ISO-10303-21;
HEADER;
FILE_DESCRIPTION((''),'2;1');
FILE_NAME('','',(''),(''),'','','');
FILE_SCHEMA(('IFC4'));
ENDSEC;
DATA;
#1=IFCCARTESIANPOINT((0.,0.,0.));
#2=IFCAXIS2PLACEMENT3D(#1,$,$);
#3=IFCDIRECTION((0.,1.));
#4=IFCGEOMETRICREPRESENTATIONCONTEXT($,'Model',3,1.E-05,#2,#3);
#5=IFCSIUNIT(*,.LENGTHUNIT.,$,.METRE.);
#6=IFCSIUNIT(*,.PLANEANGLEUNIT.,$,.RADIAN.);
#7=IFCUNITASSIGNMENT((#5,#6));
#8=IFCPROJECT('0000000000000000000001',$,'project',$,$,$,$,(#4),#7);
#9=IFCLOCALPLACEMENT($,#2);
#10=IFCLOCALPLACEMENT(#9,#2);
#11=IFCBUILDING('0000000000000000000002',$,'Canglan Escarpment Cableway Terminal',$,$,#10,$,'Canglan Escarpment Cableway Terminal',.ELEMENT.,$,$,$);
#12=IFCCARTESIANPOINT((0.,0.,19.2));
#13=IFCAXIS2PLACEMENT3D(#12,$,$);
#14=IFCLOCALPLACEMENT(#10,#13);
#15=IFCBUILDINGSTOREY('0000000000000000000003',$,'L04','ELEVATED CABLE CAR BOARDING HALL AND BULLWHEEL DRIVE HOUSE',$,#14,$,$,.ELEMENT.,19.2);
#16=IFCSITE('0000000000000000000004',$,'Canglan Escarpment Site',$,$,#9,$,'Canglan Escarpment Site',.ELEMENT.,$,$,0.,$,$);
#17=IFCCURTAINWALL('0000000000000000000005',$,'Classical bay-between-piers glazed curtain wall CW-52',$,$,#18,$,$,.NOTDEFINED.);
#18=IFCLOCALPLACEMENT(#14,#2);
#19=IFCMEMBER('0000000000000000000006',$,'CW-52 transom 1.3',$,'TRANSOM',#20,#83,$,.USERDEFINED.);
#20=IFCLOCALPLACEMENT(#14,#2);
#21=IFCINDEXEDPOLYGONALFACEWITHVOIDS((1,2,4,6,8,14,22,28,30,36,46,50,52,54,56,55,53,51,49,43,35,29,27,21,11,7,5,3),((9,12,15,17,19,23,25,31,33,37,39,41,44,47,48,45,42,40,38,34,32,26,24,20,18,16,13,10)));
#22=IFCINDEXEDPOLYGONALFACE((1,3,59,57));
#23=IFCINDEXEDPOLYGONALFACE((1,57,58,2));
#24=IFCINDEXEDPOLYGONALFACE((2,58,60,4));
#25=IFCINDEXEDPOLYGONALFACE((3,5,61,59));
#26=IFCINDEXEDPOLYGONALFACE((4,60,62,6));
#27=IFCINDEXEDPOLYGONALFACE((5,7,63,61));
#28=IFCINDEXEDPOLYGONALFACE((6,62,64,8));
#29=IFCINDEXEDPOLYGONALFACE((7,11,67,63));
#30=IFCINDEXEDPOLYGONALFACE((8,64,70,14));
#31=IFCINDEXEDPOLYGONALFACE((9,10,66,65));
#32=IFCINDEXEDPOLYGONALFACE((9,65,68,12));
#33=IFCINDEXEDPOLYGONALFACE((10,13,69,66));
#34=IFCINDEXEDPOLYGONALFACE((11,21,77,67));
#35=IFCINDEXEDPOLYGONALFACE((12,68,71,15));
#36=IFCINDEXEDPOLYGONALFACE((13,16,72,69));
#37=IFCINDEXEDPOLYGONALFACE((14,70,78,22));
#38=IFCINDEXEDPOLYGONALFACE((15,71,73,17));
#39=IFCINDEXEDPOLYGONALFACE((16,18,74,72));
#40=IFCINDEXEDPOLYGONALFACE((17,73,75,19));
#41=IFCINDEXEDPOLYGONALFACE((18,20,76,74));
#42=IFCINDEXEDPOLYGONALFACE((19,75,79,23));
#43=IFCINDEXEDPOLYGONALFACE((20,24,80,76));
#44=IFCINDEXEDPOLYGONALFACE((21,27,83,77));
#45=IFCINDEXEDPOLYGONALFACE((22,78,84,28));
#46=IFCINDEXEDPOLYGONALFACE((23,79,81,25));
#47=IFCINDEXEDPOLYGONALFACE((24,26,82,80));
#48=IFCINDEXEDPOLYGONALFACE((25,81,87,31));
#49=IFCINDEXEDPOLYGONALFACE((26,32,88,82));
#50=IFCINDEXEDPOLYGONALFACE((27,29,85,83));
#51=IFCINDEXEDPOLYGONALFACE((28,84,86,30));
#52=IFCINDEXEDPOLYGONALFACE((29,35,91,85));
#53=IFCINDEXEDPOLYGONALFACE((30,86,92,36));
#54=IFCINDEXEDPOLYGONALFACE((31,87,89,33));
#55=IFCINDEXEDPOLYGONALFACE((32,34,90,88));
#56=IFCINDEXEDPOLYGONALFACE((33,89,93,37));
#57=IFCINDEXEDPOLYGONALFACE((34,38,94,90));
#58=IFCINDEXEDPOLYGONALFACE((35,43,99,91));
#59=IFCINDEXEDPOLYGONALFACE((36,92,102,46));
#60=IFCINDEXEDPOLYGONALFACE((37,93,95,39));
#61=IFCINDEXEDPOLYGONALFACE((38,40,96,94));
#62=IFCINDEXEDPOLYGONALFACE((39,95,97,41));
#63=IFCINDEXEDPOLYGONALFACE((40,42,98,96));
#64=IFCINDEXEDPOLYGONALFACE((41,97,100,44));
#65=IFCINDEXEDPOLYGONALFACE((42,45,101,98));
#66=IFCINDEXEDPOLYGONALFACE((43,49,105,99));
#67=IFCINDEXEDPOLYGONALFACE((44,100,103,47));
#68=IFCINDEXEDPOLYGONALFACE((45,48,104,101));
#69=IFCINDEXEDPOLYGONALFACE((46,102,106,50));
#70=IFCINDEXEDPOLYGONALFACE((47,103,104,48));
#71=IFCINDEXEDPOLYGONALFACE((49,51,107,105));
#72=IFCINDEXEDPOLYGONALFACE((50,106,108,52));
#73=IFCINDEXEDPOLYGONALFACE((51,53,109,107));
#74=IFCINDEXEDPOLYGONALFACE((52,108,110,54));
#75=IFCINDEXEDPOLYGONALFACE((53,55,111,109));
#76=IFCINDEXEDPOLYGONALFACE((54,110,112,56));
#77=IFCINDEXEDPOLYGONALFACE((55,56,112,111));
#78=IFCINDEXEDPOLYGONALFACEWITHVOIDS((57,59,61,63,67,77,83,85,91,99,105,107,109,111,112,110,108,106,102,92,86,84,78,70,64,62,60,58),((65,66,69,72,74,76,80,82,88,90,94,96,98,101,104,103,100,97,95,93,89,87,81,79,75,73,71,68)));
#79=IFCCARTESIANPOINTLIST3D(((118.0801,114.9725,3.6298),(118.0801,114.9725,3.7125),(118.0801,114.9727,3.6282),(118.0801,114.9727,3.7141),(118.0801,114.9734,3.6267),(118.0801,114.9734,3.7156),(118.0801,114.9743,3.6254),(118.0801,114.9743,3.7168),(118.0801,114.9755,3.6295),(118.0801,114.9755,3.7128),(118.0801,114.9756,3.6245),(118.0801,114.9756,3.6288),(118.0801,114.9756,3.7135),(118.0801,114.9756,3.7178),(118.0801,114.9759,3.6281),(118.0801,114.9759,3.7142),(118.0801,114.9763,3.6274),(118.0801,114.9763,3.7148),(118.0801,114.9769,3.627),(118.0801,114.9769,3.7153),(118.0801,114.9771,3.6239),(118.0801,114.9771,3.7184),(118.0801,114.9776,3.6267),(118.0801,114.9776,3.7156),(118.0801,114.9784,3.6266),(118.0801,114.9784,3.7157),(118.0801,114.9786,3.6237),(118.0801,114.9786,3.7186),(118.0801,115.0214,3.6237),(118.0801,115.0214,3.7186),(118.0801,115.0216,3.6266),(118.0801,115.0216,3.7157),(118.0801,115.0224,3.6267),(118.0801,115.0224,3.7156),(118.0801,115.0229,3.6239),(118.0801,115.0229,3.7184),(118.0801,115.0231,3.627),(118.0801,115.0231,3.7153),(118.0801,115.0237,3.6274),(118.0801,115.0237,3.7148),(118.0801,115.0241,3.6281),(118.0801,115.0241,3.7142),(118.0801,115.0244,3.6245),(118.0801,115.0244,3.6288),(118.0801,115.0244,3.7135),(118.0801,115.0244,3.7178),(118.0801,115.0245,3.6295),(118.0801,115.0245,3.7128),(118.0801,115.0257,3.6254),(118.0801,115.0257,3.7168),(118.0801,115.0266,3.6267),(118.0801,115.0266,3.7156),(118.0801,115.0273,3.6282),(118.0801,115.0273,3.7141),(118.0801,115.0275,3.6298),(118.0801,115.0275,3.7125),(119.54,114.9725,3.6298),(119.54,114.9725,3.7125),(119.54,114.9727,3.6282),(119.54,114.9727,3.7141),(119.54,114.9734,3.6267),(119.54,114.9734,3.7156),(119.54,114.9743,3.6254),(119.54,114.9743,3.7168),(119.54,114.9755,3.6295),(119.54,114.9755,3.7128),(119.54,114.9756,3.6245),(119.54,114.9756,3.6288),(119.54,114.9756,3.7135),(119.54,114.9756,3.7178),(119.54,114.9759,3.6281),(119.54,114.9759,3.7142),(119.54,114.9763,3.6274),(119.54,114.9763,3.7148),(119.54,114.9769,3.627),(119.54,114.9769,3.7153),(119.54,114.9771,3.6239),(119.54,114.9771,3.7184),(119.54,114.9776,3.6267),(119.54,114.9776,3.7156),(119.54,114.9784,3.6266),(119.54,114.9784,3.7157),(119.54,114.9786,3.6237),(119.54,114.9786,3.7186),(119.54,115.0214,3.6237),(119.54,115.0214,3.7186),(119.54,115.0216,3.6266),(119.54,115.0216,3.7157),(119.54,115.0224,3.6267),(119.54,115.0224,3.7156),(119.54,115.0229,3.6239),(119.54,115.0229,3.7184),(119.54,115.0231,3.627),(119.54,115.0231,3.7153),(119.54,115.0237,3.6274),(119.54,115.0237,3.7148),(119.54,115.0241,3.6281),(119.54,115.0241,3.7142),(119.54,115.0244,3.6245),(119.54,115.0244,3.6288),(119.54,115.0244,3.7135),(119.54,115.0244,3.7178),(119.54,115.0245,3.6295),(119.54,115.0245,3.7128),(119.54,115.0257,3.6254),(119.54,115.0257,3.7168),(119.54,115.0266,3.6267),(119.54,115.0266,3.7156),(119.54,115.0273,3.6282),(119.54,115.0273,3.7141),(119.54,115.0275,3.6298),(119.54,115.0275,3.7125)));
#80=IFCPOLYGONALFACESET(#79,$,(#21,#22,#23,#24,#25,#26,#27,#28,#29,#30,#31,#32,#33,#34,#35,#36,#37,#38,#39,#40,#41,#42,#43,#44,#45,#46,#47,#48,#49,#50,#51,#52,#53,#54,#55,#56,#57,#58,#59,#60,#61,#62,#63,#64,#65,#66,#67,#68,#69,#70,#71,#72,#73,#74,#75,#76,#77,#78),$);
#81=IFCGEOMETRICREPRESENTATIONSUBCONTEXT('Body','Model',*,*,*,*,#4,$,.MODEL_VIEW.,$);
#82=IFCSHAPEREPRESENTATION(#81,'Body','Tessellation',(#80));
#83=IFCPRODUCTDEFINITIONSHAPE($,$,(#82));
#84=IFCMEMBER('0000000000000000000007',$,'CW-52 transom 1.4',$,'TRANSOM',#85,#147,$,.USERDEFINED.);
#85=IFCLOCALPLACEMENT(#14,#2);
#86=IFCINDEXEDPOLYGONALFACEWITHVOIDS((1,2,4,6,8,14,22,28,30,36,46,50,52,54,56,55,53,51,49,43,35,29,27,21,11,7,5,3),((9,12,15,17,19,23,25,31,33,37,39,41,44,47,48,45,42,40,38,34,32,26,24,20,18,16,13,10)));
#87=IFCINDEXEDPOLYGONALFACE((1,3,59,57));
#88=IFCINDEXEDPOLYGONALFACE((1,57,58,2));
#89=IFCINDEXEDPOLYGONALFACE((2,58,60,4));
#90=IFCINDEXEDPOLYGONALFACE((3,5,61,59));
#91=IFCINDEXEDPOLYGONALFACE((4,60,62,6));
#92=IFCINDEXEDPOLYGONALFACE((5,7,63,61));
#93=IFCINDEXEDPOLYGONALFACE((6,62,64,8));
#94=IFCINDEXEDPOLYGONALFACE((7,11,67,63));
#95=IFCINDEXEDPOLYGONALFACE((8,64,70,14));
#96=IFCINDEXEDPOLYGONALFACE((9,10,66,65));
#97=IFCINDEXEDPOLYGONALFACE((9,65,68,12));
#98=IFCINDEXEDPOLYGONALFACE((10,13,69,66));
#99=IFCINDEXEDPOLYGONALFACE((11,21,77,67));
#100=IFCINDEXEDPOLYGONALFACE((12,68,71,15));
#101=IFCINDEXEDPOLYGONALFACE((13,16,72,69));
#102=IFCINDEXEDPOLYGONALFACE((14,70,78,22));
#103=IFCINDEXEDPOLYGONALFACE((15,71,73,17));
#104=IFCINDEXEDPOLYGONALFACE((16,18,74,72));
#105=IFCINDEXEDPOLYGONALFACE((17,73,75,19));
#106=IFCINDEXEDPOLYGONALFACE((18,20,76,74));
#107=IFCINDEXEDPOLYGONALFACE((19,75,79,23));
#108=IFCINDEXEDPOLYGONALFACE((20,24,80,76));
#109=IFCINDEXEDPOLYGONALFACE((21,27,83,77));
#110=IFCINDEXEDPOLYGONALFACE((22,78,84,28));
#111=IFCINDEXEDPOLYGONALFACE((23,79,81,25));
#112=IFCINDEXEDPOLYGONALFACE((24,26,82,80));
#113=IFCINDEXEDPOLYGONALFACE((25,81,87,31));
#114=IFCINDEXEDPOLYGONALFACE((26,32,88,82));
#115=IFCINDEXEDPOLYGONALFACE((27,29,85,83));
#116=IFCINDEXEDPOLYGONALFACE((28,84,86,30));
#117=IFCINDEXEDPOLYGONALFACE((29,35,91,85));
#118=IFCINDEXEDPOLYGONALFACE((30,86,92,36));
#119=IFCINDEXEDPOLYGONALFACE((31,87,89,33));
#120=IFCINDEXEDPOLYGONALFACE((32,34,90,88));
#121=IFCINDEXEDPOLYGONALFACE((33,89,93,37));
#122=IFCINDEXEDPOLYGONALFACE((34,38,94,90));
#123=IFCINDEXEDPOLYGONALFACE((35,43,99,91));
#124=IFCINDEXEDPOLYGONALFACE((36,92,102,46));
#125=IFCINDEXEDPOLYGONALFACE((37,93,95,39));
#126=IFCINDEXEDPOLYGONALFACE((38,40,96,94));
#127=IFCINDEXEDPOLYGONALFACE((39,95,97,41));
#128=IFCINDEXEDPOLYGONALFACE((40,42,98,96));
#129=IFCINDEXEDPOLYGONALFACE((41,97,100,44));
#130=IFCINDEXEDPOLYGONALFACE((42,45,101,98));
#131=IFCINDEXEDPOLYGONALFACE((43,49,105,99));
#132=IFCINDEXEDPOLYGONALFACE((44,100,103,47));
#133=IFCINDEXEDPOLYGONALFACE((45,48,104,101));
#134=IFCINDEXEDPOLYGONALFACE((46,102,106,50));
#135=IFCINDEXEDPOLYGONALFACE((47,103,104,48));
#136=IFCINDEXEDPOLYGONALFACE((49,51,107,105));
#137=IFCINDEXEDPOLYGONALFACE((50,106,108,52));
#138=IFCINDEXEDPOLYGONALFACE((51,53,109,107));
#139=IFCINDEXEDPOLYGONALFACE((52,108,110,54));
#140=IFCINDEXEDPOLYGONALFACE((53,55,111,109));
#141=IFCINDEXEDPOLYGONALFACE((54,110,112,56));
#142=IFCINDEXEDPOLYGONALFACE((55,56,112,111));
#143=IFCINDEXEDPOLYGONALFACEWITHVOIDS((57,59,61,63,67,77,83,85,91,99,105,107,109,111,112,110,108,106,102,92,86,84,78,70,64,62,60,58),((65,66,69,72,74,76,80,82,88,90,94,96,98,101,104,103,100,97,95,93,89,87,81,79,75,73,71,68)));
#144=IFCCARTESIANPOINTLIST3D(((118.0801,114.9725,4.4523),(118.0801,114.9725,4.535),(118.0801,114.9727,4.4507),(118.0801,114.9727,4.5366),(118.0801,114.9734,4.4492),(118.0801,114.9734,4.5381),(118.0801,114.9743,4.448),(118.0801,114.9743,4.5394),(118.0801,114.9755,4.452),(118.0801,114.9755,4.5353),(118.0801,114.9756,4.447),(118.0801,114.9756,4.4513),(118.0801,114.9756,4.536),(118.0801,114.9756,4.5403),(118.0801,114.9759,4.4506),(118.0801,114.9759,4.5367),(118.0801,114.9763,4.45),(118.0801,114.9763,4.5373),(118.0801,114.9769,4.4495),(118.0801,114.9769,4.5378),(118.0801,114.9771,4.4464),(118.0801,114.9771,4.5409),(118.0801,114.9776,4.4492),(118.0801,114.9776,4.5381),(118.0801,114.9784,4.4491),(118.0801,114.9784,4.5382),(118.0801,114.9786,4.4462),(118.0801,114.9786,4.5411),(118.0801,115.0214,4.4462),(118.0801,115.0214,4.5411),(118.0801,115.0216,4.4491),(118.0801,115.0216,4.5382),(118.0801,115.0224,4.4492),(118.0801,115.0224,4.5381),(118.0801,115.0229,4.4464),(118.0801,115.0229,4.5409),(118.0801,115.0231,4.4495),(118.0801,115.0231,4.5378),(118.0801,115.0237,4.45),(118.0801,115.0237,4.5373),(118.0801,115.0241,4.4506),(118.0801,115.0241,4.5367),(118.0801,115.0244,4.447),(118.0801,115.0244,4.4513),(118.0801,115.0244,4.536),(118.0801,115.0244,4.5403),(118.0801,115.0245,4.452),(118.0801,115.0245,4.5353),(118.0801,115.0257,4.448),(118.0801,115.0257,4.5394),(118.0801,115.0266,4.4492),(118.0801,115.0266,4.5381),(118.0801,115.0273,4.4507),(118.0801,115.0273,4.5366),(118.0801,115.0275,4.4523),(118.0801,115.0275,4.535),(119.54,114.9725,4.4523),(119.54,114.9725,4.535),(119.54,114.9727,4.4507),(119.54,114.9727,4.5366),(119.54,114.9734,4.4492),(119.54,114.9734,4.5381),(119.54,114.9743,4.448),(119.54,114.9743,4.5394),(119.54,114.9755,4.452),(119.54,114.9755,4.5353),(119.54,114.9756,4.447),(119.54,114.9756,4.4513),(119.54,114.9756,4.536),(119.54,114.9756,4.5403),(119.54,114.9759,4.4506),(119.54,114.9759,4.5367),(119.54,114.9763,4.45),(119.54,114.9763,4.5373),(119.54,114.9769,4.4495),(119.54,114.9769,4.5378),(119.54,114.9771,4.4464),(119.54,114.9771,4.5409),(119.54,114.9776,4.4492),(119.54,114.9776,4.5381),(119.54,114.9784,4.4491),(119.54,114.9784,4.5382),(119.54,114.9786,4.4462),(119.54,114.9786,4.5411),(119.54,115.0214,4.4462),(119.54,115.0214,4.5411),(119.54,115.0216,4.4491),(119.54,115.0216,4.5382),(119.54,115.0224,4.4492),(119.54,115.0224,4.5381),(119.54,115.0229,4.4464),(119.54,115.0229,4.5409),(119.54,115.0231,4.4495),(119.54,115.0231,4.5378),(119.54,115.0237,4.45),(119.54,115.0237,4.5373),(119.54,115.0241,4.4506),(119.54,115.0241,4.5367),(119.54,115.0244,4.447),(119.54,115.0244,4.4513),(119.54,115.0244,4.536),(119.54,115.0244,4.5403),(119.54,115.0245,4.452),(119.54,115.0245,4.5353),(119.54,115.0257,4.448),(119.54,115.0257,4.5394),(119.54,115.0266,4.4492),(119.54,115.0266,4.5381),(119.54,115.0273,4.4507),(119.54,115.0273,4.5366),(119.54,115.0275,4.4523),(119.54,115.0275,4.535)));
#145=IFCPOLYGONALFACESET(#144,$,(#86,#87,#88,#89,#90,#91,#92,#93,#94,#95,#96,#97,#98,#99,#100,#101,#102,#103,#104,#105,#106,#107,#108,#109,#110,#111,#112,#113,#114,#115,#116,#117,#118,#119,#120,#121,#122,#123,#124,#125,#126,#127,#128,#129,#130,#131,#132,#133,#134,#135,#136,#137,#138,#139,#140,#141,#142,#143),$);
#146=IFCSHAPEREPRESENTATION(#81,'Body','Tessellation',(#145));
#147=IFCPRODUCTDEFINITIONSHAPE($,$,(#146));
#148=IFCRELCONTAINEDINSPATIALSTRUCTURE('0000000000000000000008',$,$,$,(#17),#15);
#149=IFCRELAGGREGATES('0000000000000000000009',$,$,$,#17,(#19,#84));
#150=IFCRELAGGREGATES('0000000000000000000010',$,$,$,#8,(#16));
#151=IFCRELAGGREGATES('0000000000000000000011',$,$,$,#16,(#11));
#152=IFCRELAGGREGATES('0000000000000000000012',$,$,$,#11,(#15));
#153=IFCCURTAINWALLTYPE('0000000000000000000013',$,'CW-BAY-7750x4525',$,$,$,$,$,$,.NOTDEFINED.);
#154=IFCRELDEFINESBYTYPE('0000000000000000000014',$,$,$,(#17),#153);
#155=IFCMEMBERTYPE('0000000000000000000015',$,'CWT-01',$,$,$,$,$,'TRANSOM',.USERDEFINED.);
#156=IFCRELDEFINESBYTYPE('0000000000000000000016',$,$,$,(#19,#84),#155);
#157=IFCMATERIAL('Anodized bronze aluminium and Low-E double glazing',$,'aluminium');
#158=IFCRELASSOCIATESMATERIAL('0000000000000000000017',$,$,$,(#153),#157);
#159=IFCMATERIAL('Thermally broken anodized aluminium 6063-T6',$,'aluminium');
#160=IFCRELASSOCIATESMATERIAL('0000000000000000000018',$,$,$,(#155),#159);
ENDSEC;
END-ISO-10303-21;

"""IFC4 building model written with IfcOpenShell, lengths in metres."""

from ifc_helpers import new_model, si_unit, direction, frame, origin, origin_2d, place, context, subcontext, project, spatial, hollow_rectangle, extrude, material, material_profile, profile_set, type_object, element, aggregate, save


model = new_model("IFC4")

# Units and contexts
model_context = context("Model", 3, precision=1e-05, world=origin(), true_north=direction((0.0, 1.0)))
body_context = subcontext(model_context, "Body", "Model", "MODEL_VIEW")
ifc_project = project(units=[si_unit("LENGTHUNIT", "METRE"), si_unit("PLANEANGLEUNIT", "RADIAN")], contexts=[model_context])

# Site, building, storey
site_placement = place(None, origin())
site = spatial("IfcSite", under=ifc_project, at=site_placement, Name="Canglan Escarpment Site", LongName="Canglan Escarpment Site", CompositionType="ELEMENT", RefElevation=0.0)
building_placement = place(site_placement, origin())
building = spatial("IfcBuilding", under=site, at=building_placement, Name="Canglan Escarpment Cableway Terminal", LongName="Canglan Escarpment Cableway Terminal", CompositionType="ELEMENT")
storey_placement = place(building_placement, frame((0.0, 0.0, 19.2)))
storey = spatial("IfcBuildingStorey", under=building, at=storey_placement, Name="L04", Description="ELEVATED CABLE CAR BOARDING HALL AND BULLWHEEL DRIVE HOUSE", CompositionType="ELEMENT", Elevation=19.2)

# Curtain wall, members
ifc_material_1 = material(Name="Anodized bronze aluminium and Low-E double glazing", Category="aluminium")
curtain_wall_type = type_object("IfcCurtainWallType", Name="CW-BAY-7750x4525", PredefinedType="NOTDEFINED", material=ifc_material_1)
curtain_wall_placement = place(storey_placement, origin())
curtain_wall = element("IfcCurtainWall", 1, at=curtain_wall_placement, inside=storey, type_object=curtain_wall_type, Name="Classical bay-between-piers glazed curtain wall CW-52", PredefinedType="NOTDEFINED")
ifc_material_2 = material(Name="Thermally broken anodized aluminium 6063-T6", Category="aluminium")
ifc_material_profile_1 = material_profile(ifc_material_2, hollow_rectangle(XDim=0.0549, YDim=0.095, WallThickness=0.0029, InnerFilletRadius=0.0029, OuterFilletRadius=0.0061, at=origin_2d()), Name="ALU-TRAN 55x95x3")
ifc_profile_set_1 = profile_set([ifc_material_profile_1], Name="Thermally broken anodized aluminium 6063-T6")
member_type_1 = type_object("IfcMemberType", Name="CWT-01", ElementType="TRANSOM", PredefinedType="USERDEFINED", material=ifc_profile_set_1)
member_1_placement = place(storey_placement, frame((119.54, 115.0, 3.6711), z_axis=(-1.0, 0.0, 0.0), x_axis=(0.0, -1.0, 0.0)))
member_1 = element("IfcMember", 2, at=member_1_placement, type_object=member_type_1, Name="CW-52 transom 1.3", ObjectType="TRANSOM", PredefinedType="USERDEFINED", context=body_context, shape_type="SweptSolid", body=[
    extrude(hollow_rectangle(XDim=0.0549, YDim=0.095, WallThickness=0.0029, InnerFilletRadius=0.0029, OuterFilletRadius=0.0061, at=origin_2d()), origin(), (0.0, 0.0, 1.0), 1.46),
])
member_2_placement = place(storey_placement, frame((119.54, 115.0, 4.4937), z_axis=(-1.0, 0.0, 0.0), x_axis=(0.0, -1.0, 0.0)))
member_2 = element("IfcMember", 3, at=member_2_placement, type_object=member_type_1, Name="CW-52 transom 1.4", ObjectType="TRANSOM", PredefinedType="USERDEFINED", context=body_context, shape_type="SweptSolid", body=[
    extrude(hollow_rectangle(XDim=0.0549, YDim=0.095, WallThickness=0.0029, InnerFilletRadius=0.0029, OuterFilletRadius=0.0061, at=origin_2d()), origin(), (0.0, 0.0, 1.0), 1.46),
])
aggregate(curtain_wall, [member_1, member_2])

save(model, "model.ifc")
